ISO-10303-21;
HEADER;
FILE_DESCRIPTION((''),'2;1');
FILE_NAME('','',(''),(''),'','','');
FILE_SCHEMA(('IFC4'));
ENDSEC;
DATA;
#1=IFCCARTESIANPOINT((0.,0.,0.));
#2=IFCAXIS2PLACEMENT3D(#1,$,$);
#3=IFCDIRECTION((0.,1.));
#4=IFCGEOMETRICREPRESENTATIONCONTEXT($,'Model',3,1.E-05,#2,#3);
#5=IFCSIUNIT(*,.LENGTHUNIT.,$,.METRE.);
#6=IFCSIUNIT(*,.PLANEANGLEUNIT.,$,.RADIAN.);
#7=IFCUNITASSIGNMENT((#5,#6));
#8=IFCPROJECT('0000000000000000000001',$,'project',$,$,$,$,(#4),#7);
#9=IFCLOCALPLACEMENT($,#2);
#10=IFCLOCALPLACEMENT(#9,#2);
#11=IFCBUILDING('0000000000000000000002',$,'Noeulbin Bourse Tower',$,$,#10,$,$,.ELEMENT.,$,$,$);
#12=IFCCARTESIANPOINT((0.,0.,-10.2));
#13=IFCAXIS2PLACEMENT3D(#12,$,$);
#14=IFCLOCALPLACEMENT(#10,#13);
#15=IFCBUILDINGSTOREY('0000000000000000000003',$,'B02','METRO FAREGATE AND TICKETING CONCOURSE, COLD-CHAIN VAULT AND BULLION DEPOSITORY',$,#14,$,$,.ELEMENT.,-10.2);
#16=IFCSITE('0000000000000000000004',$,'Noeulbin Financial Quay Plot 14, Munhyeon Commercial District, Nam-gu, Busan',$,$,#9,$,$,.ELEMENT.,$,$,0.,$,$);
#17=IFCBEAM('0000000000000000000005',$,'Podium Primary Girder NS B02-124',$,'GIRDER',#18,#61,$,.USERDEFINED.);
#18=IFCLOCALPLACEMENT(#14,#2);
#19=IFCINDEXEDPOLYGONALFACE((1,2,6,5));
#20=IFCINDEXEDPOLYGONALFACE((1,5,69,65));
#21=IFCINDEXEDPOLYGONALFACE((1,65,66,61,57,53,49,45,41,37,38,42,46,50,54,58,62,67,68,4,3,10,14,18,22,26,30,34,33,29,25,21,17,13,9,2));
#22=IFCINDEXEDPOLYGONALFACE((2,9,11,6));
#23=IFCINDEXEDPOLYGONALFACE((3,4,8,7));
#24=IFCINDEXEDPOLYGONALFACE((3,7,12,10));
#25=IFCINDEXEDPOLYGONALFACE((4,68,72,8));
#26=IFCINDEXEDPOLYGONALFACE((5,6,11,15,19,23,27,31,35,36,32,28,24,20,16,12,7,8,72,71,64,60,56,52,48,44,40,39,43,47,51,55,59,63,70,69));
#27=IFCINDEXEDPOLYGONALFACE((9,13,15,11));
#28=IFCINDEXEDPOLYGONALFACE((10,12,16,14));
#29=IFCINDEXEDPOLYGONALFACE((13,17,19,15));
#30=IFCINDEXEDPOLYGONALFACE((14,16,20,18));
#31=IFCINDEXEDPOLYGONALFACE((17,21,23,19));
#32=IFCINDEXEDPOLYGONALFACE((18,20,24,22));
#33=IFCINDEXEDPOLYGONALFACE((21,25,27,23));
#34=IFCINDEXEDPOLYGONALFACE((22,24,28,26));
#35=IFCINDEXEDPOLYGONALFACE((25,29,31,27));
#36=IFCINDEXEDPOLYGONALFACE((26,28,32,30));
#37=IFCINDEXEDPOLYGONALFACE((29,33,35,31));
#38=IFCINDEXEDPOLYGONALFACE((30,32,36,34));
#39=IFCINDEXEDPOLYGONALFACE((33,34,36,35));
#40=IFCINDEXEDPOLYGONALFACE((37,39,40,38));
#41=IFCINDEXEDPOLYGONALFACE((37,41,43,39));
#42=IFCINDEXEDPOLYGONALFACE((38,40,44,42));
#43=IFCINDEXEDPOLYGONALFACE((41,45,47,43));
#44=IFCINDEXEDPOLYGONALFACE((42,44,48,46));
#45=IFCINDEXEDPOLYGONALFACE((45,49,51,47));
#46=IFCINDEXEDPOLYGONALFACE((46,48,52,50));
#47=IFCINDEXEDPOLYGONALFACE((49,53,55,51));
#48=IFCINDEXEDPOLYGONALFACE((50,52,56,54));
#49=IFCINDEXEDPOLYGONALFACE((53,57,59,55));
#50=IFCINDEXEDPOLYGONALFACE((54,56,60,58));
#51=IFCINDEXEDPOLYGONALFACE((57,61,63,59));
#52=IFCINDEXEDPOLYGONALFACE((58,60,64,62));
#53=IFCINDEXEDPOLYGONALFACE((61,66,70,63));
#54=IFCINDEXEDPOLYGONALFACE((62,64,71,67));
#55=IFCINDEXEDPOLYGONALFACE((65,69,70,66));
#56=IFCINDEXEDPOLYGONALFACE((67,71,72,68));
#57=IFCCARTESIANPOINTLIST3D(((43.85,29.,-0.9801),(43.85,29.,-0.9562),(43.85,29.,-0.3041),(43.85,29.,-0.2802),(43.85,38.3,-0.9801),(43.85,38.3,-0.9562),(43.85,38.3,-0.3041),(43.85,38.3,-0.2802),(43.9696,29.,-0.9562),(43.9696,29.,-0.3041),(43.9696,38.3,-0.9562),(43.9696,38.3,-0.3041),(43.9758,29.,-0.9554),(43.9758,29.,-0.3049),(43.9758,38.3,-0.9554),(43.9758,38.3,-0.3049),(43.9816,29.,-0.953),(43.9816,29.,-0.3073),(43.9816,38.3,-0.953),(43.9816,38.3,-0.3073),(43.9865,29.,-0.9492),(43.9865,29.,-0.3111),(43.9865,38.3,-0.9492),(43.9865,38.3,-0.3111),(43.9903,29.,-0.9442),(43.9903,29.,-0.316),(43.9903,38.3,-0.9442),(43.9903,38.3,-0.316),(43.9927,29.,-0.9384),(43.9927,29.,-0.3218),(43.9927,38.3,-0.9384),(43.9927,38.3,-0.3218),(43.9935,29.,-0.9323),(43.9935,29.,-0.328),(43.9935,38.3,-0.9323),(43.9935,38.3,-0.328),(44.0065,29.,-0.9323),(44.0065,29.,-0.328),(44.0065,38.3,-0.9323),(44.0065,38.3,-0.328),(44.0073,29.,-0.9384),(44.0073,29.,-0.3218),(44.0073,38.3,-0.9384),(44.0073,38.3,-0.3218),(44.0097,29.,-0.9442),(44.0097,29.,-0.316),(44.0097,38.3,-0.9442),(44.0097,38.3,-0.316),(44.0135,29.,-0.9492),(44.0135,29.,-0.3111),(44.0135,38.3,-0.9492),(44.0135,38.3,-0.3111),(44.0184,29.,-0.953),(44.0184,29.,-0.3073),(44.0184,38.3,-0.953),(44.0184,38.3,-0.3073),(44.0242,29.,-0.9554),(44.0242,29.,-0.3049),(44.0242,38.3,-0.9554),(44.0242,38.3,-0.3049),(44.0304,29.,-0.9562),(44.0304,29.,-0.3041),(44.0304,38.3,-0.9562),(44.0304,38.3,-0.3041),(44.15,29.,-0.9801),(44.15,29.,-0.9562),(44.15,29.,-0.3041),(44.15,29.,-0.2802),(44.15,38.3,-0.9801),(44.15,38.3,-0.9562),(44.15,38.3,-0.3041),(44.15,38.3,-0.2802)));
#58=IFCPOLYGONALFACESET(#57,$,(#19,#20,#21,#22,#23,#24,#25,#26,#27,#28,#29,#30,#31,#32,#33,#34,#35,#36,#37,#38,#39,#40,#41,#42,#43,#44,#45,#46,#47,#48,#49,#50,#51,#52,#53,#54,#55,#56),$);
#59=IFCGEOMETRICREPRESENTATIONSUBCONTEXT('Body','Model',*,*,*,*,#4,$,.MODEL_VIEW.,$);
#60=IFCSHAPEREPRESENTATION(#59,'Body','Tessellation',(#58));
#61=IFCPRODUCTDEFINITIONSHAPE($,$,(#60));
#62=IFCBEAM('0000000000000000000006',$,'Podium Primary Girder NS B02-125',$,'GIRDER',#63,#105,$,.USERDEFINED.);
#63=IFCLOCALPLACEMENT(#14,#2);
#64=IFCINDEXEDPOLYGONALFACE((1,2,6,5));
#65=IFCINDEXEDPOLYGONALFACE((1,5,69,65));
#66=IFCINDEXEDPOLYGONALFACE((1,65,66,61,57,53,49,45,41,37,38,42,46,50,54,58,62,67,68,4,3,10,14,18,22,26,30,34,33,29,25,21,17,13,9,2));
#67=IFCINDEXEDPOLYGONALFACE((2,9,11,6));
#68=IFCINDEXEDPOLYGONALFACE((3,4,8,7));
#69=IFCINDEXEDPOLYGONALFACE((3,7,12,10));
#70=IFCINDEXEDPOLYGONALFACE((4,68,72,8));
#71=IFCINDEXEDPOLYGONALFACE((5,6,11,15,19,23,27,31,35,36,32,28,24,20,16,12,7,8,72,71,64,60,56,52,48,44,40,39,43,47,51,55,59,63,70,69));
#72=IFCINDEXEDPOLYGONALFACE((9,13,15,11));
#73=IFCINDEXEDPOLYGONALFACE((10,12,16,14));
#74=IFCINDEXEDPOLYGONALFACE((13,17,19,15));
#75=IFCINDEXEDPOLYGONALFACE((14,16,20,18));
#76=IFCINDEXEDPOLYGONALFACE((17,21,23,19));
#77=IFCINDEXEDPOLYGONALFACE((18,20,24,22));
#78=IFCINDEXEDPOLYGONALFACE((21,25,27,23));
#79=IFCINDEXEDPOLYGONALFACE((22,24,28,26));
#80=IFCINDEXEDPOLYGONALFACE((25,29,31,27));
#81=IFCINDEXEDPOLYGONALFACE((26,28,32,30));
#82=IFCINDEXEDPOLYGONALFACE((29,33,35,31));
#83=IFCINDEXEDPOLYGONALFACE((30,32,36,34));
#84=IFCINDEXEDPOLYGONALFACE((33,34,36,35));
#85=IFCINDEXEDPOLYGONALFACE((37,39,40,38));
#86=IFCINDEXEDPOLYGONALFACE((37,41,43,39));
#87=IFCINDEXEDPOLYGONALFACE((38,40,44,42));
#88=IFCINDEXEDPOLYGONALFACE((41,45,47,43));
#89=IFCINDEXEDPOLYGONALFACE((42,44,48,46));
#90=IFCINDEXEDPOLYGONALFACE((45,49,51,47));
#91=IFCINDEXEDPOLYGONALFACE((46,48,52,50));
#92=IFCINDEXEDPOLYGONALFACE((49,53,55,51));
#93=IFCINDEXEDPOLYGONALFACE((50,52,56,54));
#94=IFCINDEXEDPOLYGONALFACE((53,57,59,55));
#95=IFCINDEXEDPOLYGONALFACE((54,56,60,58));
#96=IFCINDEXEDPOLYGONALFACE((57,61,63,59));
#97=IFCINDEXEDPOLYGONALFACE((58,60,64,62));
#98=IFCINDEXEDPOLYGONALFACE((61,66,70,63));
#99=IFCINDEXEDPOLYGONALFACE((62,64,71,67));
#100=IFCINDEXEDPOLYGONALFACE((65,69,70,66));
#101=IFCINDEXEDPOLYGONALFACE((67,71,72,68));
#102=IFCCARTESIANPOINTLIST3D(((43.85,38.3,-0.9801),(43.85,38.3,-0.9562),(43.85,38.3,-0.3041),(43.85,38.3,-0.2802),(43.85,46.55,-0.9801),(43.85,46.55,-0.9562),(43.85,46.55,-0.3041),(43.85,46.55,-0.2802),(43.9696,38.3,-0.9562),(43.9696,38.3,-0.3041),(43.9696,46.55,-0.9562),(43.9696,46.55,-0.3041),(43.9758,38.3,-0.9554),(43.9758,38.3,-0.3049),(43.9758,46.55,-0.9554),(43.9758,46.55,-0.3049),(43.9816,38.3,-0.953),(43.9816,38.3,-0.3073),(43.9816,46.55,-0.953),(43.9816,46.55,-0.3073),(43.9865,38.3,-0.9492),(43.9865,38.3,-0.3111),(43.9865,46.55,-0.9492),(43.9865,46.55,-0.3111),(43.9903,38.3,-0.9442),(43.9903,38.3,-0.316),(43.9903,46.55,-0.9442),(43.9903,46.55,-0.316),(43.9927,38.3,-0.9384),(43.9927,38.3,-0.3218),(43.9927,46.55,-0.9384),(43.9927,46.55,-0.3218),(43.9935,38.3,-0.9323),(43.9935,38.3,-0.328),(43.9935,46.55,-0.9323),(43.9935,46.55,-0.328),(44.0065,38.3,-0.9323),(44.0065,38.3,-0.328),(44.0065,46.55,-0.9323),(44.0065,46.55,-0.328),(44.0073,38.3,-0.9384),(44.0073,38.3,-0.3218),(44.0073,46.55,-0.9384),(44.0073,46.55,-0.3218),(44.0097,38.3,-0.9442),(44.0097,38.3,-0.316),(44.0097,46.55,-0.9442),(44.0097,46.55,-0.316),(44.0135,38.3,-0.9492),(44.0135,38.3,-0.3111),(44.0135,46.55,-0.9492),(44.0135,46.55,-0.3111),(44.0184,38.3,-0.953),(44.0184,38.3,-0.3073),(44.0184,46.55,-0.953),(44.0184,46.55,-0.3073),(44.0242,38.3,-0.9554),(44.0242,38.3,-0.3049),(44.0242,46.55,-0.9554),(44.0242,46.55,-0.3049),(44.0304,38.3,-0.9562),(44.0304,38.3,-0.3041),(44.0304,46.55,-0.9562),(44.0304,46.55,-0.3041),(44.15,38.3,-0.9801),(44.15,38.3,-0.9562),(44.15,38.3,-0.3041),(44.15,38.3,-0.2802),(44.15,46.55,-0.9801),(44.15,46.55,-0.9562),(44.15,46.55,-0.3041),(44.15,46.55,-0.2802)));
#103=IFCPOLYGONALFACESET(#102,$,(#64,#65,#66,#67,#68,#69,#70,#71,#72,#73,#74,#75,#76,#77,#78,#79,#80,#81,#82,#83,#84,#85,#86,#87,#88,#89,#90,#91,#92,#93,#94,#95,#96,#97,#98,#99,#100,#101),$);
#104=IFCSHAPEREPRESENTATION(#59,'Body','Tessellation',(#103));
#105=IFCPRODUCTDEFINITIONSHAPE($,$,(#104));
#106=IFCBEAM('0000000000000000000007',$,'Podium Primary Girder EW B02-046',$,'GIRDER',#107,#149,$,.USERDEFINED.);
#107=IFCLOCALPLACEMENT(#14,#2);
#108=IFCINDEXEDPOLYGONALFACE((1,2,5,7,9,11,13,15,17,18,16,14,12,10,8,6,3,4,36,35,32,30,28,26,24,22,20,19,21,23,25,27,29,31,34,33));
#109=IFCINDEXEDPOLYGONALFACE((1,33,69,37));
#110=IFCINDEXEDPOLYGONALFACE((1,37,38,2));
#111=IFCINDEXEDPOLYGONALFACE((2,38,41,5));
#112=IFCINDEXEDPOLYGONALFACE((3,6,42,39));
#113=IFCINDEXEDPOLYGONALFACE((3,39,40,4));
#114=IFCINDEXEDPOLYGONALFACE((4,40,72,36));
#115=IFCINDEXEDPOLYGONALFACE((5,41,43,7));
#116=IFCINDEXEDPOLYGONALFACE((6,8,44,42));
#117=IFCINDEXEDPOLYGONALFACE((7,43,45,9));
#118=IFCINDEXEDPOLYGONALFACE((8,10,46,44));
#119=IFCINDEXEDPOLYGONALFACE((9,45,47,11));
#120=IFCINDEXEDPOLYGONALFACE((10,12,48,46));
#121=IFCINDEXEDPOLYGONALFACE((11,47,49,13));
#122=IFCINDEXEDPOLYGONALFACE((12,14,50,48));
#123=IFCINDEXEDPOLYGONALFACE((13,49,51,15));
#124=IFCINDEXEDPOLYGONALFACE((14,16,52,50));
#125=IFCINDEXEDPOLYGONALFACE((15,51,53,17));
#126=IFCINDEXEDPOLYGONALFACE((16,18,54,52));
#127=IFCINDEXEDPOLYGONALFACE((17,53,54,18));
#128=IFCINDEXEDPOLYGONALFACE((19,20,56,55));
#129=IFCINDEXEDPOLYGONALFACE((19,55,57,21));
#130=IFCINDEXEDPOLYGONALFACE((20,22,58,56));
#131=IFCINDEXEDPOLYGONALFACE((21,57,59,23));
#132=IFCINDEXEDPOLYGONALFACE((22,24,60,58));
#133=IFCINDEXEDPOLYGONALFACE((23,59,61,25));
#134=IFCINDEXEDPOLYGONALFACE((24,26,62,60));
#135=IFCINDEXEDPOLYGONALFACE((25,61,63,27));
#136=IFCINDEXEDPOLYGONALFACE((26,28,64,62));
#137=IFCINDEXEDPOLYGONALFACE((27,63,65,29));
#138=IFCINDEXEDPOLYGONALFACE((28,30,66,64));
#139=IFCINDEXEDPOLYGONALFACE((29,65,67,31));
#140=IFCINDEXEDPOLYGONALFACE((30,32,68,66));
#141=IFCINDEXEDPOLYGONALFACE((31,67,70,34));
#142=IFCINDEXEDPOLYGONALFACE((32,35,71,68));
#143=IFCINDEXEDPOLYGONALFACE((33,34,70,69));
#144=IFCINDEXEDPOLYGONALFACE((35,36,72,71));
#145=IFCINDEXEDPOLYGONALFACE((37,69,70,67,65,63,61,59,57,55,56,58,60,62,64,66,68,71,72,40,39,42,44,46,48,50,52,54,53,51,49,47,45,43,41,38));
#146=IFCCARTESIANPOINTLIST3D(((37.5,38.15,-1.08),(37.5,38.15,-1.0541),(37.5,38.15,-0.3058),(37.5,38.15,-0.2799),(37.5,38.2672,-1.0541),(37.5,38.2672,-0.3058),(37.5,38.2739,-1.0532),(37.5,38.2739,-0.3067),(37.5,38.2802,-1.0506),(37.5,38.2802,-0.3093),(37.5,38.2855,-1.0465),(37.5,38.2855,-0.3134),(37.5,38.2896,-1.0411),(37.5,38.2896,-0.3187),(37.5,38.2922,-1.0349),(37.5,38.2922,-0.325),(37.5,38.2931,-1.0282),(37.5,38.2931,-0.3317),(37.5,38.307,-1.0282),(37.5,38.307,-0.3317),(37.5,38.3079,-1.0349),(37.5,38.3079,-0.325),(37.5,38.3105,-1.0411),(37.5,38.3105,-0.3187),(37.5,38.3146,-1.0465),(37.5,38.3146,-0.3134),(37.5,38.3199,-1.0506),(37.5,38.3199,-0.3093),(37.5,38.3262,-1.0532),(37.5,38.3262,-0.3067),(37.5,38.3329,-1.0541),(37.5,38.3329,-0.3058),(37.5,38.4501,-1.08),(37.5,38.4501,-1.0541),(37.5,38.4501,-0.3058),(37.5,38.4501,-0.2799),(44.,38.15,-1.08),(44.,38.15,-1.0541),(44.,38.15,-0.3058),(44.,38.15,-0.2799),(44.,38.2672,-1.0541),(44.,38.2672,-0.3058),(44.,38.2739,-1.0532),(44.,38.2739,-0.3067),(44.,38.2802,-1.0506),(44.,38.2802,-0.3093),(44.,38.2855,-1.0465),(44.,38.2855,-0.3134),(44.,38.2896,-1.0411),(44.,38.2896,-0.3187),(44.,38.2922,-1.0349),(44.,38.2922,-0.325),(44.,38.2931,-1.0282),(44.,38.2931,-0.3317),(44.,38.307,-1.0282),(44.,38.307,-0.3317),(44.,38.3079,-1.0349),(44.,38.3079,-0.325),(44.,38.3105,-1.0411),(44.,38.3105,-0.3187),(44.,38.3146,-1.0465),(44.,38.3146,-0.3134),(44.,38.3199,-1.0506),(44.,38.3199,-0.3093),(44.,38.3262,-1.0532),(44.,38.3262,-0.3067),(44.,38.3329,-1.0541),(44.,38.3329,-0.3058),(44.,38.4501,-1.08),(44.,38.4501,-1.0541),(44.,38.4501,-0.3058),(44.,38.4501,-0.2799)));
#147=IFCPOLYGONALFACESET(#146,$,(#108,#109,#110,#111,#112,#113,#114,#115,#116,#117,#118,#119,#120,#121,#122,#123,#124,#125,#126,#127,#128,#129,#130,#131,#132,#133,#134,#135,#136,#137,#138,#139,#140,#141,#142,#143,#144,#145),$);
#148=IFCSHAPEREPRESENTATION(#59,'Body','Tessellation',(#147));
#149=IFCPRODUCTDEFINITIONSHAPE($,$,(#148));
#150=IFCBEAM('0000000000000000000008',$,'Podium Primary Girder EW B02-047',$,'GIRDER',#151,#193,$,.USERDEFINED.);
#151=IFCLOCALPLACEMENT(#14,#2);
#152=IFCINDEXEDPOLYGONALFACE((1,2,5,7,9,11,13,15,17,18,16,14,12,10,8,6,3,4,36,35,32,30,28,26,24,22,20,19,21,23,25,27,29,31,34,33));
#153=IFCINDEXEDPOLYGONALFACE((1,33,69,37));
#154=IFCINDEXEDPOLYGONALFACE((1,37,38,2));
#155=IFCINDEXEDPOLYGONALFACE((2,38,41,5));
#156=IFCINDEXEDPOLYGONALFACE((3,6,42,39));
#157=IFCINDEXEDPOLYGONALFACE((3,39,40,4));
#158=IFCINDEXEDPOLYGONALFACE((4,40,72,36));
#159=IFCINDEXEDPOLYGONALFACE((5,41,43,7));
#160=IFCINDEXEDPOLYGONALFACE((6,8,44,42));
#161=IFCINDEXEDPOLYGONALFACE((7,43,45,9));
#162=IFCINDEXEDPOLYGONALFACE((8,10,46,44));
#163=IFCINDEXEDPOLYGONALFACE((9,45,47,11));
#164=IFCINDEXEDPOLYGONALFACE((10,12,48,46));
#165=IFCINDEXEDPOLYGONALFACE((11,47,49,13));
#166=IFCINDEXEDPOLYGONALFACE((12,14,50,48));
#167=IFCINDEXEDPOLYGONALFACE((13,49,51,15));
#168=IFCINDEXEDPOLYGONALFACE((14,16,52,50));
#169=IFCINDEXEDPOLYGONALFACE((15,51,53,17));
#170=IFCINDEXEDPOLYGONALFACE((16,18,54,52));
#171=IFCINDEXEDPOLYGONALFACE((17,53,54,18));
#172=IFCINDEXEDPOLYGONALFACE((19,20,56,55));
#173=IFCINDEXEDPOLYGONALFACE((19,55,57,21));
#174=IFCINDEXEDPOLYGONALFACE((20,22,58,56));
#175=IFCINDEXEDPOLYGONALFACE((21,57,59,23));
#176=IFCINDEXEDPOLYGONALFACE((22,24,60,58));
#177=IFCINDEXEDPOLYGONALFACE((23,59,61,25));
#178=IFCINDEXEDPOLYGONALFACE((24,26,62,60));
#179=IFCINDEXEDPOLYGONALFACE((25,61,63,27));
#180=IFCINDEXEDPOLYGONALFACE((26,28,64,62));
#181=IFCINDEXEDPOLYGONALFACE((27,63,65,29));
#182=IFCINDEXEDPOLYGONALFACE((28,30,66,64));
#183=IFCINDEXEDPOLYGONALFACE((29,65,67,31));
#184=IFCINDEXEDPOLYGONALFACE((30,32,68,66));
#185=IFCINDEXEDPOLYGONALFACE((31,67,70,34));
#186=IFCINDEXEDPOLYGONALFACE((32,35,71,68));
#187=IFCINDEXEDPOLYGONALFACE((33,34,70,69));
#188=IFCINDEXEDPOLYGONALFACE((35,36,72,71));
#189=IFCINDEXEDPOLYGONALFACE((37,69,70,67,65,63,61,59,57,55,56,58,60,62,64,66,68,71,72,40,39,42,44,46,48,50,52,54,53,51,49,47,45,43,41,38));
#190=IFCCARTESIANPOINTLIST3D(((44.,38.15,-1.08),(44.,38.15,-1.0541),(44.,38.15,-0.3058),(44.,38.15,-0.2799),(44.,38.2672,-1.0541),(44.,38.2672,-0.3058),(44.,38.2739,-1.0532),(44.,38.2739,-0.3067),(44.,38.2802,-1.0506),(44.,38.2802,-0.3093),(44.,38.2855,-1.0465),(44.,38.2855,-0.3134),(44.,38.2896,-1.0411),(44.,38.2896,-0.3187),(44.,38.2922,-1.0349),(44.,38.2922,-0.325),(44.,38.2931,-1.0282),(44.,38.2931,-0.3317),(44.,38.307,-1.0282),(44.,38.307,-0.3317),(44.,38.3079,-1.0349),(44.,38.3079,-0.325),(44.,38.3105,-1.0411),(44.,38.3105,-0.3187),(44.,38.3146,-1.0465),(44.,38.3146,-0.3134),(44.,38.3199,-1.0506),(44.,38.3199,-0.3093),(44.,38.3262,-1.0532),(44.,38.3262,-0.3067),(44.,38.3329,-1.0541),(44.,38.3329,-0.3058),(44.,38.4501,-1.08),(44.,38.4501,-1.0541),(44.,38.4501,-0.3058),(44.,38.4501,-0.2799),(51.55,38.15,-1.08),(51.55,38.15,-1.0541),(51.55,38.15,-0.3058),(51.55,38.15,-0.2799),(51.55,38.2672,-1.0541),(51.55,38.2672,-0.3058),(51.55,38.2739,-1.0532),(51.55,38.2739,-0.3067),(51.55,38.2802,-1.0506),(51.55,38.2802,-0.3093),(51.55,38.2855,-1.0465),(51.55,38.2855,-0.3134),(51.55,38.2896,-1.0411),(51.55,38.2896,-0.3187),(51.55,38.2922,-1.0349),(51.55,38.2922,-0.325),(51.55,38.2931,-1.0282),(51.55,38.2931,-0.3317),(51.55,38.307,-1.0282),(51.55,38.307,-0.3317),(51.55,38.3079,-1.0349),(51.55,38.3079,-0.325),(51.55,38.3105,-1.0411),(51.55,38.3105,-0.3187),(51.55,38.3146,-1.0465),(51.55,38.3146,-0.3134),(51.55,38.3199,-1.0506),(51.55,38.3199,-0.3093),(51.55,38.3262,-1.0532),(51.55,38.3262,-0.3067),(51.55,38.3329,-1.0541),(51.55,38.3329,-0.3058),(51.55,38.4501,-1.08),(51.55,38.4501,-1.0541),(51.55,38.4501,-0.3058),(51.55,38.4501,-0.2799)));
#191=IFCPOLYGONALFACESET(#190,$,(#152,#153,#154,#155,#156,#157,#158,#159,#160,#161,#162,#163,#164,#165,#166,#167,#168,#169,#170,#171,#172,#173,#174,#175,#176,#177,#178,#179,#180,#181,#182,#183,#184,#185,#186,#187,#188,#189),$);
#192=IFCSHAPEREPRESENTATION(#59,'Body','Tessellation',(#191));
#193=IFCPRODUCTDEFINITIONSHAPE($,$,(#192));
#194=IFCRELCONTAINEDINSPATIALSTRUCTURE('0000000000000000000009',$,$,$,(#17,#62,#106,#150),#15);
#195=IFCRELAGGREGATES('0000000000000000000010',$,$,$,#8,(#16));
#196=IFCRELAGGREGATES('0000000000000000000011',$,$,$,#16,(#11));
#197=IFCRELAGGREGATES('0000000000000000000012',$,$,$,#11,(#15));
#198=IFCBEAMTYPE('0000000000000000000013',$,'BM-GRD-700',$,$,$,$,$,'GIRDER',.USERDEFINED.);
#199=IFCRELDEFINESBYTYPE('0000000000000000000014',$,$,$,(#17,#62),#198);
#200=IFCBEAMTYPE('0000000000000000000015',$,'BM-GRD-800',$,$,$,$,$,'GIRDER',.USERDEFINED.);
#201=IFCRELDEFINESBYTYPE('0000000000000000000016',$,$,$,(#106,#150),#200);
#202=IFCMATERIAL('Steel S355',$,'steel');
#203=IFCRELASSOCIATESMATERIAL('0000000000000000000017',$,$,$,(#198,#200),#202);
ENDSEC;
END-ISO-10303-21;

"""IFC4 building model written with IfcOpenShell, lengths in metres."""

from ifc_helpers import new_model, si_unit, direction, frame, origin, origin_2d, place, context, subcontext, project, spatial, i_section, extrude, material, material_profile, profile_set, type_object, element, save


model = new_model("IFC4")

# Units and contexts
model_context = context("Model", 3, precision=1e-05, world=origin(), true_north=direction((0.0, 1.0)))
body_context = subcontext(model_context, "Body", "Model", "MODEL_VIEW")
ifc_project = project(units=[si_unit("LENGTHUNIT", "METRE"), si_unit("PLANEANGLEUNIT", "RADIAN")], contexts=[model_context])

# Site, building, storey
site_placement = place(None, origin())
site = spatial("IfcSite", under=ifc_project, at=site_placement, Name="Noeulbin Financial Quay Plot 14, Munhyeon Commercial District, Nam-gu, Busan", CompositionType="ELEMENT", RefElevation=0.0)
building_placement = place(site_placement, origin())
building = spatial("IfcBuilding", under=site, at=building_placement, Name="Noeulbin Bourse Tower", CompositionType="ELEMENT")
storey_placement = place(building_placement, frame((0.0, 0.0, -10.2)))
storey = spatial("IfcBuildingStorey", under=building, at=storey_placement, Name="B02", Description="METRO FAREGATE AND TICKETING CONCOURSE, COLD-CHAIN VAULT AND BULLION DEPOSITORY", CompositionType="ELEMENT", Elevation=-10.2)

# Beams
ifc_material_1 = material(Name="Steel S355", Category="steel")
ifc_material_profile_1 = material_profile(ifc_material_1, i_section(OverallWidth=0.3, OverallDepth=0.7, WebThickness=0.0129, FlangeThickness=0.0239, FilletRadius=0.0239, at=origin_2d()), Name="H-700x300x13x24", Category="LoadBearing")
ifc_profile_set_1 = profile_set([ifc_material_profile_1], Name="Steel S355")
beam_type_1 = type_object("IfcBeamType", Name="BM-GRD-700", ElementType="GIRDER", PredefinedType="USERDEFINED", material=ifc_profile_set_1)
beam_1_placement = place(storey_placement, frame((44.0, 29.0, -0.6301), z_axis=(0.0, 1.0, 0.0), x_axis=(-1.0, 0.0, 0.0)))
element("IfcBeam", 1, at=beam_1_placement, inside=storey, type_object=beam_type_1, Name="Podium Primary Girder NS B02-124", ObjectType="GIRDER", PredefinedType="USERDEFINED", context=body_context, shape_type="SweptSolid", body=[
    extrude(i_section(OverallWidth=0.3, OverallDepth=0.7, WebThickness=0.0129, FlangeThickness=0.0239, FilletRadius=0.0239, at=origin_2d()), origin(), (0.0, 0.0, 1.0), 9.3),
])
beam_2_placement = place(storey_placement, frame((44.0, 38.3, -0.6301), z_axis=(0.0, 1.0, 0.0), x_axis=(-1.0, 0.0, 0.0)))
element("IfcBeam", 2, at=beam_2_placement, inside=storey, type_object=beam_type_1, Name="Podium Primary Girder NS B02-125", ObjectType="GIRDER", PredefinedType="USERDEFINED", context=body_context, shape_type="SweptSolid", body=[
    extrude(i_section(OverallWidth=0.3, OverallDepth=0.7, WebThickness=0.0129, FlangeThickness=0.0239, FilletRadius=0.0239, at=origin_2d()), origin(), (0.0, 0.0, 1.0), 8.25),
])
ifc_material_profile_2 = material_profile(ifc_material_1, i_section(OverallWidth=0.3, OverallDepth=0.8, WebThickness=0.0139, FlangeThickness=0.0259, FilletRadius=0.0259, at=origin_2d()), Name="H-800x300x14x26", Category="LoadBearing")
ifc_profile_set_2 = profile_set([ifc_material_profile_2], Name="Steel S355")
beam_type_2 = type_object("IfcBeamType", Name="BM-GRD-800", ElementType="GIRDER", PredefinedType="USERDEFINED", material=ifc_profile_set_2)
beam_3_placement = place(storey_placement, frame((37.5, 38.3, -0.6799), z_axis=(1.0, 0.0, 0.0), x_axis=(0.0, 1.0, 0.0)))
element("IfcBeam", 3, at=beam_3_placement, inside=storey, type_object=beam_type_2, Name="Podium Primary Girder EW B02-046", ObjectType="GIRDER", PredefinedType="USERDEFINED", context=body_context, shape_type="SweptSolid", body=[
    extrude(i_section(OverallWidth=0.3, OverallDepth=0.8, WebThickness=0.0139, FlangeThickness=0.0259, FilletRadius=0.0259, at=origin_2d()), origin(), (0.0, 0.0, 1.0), 6.5),
])
beam_4_placement = place(storey_placement, frame((44.0, 38.3, -0.6799), z_axis=(1.0, 0.0, 0.0), x_axis=(0.0, 1.0, 0.0)))
element("IfcBeam", 4, at=beam_4_placement, inside=storey, type_object=beam_type_2, Name="Podium Primary Girder EW B02-047", ObjectType="GIRDER", PredefinedType="USERDEFINED", context=body_context, shape_type="SweptSolid", body=[
    extrude(i_section(OverallWidth=0.3, OverallDepth=0.8, WebThickness=0.0139, FlangeThickness=0.0259, FilletRadius=0.0259, at=origin_2d()), origin(), (0.0, 0.0, 1.0), 7.55),
])

save(model, "model.ifc")
